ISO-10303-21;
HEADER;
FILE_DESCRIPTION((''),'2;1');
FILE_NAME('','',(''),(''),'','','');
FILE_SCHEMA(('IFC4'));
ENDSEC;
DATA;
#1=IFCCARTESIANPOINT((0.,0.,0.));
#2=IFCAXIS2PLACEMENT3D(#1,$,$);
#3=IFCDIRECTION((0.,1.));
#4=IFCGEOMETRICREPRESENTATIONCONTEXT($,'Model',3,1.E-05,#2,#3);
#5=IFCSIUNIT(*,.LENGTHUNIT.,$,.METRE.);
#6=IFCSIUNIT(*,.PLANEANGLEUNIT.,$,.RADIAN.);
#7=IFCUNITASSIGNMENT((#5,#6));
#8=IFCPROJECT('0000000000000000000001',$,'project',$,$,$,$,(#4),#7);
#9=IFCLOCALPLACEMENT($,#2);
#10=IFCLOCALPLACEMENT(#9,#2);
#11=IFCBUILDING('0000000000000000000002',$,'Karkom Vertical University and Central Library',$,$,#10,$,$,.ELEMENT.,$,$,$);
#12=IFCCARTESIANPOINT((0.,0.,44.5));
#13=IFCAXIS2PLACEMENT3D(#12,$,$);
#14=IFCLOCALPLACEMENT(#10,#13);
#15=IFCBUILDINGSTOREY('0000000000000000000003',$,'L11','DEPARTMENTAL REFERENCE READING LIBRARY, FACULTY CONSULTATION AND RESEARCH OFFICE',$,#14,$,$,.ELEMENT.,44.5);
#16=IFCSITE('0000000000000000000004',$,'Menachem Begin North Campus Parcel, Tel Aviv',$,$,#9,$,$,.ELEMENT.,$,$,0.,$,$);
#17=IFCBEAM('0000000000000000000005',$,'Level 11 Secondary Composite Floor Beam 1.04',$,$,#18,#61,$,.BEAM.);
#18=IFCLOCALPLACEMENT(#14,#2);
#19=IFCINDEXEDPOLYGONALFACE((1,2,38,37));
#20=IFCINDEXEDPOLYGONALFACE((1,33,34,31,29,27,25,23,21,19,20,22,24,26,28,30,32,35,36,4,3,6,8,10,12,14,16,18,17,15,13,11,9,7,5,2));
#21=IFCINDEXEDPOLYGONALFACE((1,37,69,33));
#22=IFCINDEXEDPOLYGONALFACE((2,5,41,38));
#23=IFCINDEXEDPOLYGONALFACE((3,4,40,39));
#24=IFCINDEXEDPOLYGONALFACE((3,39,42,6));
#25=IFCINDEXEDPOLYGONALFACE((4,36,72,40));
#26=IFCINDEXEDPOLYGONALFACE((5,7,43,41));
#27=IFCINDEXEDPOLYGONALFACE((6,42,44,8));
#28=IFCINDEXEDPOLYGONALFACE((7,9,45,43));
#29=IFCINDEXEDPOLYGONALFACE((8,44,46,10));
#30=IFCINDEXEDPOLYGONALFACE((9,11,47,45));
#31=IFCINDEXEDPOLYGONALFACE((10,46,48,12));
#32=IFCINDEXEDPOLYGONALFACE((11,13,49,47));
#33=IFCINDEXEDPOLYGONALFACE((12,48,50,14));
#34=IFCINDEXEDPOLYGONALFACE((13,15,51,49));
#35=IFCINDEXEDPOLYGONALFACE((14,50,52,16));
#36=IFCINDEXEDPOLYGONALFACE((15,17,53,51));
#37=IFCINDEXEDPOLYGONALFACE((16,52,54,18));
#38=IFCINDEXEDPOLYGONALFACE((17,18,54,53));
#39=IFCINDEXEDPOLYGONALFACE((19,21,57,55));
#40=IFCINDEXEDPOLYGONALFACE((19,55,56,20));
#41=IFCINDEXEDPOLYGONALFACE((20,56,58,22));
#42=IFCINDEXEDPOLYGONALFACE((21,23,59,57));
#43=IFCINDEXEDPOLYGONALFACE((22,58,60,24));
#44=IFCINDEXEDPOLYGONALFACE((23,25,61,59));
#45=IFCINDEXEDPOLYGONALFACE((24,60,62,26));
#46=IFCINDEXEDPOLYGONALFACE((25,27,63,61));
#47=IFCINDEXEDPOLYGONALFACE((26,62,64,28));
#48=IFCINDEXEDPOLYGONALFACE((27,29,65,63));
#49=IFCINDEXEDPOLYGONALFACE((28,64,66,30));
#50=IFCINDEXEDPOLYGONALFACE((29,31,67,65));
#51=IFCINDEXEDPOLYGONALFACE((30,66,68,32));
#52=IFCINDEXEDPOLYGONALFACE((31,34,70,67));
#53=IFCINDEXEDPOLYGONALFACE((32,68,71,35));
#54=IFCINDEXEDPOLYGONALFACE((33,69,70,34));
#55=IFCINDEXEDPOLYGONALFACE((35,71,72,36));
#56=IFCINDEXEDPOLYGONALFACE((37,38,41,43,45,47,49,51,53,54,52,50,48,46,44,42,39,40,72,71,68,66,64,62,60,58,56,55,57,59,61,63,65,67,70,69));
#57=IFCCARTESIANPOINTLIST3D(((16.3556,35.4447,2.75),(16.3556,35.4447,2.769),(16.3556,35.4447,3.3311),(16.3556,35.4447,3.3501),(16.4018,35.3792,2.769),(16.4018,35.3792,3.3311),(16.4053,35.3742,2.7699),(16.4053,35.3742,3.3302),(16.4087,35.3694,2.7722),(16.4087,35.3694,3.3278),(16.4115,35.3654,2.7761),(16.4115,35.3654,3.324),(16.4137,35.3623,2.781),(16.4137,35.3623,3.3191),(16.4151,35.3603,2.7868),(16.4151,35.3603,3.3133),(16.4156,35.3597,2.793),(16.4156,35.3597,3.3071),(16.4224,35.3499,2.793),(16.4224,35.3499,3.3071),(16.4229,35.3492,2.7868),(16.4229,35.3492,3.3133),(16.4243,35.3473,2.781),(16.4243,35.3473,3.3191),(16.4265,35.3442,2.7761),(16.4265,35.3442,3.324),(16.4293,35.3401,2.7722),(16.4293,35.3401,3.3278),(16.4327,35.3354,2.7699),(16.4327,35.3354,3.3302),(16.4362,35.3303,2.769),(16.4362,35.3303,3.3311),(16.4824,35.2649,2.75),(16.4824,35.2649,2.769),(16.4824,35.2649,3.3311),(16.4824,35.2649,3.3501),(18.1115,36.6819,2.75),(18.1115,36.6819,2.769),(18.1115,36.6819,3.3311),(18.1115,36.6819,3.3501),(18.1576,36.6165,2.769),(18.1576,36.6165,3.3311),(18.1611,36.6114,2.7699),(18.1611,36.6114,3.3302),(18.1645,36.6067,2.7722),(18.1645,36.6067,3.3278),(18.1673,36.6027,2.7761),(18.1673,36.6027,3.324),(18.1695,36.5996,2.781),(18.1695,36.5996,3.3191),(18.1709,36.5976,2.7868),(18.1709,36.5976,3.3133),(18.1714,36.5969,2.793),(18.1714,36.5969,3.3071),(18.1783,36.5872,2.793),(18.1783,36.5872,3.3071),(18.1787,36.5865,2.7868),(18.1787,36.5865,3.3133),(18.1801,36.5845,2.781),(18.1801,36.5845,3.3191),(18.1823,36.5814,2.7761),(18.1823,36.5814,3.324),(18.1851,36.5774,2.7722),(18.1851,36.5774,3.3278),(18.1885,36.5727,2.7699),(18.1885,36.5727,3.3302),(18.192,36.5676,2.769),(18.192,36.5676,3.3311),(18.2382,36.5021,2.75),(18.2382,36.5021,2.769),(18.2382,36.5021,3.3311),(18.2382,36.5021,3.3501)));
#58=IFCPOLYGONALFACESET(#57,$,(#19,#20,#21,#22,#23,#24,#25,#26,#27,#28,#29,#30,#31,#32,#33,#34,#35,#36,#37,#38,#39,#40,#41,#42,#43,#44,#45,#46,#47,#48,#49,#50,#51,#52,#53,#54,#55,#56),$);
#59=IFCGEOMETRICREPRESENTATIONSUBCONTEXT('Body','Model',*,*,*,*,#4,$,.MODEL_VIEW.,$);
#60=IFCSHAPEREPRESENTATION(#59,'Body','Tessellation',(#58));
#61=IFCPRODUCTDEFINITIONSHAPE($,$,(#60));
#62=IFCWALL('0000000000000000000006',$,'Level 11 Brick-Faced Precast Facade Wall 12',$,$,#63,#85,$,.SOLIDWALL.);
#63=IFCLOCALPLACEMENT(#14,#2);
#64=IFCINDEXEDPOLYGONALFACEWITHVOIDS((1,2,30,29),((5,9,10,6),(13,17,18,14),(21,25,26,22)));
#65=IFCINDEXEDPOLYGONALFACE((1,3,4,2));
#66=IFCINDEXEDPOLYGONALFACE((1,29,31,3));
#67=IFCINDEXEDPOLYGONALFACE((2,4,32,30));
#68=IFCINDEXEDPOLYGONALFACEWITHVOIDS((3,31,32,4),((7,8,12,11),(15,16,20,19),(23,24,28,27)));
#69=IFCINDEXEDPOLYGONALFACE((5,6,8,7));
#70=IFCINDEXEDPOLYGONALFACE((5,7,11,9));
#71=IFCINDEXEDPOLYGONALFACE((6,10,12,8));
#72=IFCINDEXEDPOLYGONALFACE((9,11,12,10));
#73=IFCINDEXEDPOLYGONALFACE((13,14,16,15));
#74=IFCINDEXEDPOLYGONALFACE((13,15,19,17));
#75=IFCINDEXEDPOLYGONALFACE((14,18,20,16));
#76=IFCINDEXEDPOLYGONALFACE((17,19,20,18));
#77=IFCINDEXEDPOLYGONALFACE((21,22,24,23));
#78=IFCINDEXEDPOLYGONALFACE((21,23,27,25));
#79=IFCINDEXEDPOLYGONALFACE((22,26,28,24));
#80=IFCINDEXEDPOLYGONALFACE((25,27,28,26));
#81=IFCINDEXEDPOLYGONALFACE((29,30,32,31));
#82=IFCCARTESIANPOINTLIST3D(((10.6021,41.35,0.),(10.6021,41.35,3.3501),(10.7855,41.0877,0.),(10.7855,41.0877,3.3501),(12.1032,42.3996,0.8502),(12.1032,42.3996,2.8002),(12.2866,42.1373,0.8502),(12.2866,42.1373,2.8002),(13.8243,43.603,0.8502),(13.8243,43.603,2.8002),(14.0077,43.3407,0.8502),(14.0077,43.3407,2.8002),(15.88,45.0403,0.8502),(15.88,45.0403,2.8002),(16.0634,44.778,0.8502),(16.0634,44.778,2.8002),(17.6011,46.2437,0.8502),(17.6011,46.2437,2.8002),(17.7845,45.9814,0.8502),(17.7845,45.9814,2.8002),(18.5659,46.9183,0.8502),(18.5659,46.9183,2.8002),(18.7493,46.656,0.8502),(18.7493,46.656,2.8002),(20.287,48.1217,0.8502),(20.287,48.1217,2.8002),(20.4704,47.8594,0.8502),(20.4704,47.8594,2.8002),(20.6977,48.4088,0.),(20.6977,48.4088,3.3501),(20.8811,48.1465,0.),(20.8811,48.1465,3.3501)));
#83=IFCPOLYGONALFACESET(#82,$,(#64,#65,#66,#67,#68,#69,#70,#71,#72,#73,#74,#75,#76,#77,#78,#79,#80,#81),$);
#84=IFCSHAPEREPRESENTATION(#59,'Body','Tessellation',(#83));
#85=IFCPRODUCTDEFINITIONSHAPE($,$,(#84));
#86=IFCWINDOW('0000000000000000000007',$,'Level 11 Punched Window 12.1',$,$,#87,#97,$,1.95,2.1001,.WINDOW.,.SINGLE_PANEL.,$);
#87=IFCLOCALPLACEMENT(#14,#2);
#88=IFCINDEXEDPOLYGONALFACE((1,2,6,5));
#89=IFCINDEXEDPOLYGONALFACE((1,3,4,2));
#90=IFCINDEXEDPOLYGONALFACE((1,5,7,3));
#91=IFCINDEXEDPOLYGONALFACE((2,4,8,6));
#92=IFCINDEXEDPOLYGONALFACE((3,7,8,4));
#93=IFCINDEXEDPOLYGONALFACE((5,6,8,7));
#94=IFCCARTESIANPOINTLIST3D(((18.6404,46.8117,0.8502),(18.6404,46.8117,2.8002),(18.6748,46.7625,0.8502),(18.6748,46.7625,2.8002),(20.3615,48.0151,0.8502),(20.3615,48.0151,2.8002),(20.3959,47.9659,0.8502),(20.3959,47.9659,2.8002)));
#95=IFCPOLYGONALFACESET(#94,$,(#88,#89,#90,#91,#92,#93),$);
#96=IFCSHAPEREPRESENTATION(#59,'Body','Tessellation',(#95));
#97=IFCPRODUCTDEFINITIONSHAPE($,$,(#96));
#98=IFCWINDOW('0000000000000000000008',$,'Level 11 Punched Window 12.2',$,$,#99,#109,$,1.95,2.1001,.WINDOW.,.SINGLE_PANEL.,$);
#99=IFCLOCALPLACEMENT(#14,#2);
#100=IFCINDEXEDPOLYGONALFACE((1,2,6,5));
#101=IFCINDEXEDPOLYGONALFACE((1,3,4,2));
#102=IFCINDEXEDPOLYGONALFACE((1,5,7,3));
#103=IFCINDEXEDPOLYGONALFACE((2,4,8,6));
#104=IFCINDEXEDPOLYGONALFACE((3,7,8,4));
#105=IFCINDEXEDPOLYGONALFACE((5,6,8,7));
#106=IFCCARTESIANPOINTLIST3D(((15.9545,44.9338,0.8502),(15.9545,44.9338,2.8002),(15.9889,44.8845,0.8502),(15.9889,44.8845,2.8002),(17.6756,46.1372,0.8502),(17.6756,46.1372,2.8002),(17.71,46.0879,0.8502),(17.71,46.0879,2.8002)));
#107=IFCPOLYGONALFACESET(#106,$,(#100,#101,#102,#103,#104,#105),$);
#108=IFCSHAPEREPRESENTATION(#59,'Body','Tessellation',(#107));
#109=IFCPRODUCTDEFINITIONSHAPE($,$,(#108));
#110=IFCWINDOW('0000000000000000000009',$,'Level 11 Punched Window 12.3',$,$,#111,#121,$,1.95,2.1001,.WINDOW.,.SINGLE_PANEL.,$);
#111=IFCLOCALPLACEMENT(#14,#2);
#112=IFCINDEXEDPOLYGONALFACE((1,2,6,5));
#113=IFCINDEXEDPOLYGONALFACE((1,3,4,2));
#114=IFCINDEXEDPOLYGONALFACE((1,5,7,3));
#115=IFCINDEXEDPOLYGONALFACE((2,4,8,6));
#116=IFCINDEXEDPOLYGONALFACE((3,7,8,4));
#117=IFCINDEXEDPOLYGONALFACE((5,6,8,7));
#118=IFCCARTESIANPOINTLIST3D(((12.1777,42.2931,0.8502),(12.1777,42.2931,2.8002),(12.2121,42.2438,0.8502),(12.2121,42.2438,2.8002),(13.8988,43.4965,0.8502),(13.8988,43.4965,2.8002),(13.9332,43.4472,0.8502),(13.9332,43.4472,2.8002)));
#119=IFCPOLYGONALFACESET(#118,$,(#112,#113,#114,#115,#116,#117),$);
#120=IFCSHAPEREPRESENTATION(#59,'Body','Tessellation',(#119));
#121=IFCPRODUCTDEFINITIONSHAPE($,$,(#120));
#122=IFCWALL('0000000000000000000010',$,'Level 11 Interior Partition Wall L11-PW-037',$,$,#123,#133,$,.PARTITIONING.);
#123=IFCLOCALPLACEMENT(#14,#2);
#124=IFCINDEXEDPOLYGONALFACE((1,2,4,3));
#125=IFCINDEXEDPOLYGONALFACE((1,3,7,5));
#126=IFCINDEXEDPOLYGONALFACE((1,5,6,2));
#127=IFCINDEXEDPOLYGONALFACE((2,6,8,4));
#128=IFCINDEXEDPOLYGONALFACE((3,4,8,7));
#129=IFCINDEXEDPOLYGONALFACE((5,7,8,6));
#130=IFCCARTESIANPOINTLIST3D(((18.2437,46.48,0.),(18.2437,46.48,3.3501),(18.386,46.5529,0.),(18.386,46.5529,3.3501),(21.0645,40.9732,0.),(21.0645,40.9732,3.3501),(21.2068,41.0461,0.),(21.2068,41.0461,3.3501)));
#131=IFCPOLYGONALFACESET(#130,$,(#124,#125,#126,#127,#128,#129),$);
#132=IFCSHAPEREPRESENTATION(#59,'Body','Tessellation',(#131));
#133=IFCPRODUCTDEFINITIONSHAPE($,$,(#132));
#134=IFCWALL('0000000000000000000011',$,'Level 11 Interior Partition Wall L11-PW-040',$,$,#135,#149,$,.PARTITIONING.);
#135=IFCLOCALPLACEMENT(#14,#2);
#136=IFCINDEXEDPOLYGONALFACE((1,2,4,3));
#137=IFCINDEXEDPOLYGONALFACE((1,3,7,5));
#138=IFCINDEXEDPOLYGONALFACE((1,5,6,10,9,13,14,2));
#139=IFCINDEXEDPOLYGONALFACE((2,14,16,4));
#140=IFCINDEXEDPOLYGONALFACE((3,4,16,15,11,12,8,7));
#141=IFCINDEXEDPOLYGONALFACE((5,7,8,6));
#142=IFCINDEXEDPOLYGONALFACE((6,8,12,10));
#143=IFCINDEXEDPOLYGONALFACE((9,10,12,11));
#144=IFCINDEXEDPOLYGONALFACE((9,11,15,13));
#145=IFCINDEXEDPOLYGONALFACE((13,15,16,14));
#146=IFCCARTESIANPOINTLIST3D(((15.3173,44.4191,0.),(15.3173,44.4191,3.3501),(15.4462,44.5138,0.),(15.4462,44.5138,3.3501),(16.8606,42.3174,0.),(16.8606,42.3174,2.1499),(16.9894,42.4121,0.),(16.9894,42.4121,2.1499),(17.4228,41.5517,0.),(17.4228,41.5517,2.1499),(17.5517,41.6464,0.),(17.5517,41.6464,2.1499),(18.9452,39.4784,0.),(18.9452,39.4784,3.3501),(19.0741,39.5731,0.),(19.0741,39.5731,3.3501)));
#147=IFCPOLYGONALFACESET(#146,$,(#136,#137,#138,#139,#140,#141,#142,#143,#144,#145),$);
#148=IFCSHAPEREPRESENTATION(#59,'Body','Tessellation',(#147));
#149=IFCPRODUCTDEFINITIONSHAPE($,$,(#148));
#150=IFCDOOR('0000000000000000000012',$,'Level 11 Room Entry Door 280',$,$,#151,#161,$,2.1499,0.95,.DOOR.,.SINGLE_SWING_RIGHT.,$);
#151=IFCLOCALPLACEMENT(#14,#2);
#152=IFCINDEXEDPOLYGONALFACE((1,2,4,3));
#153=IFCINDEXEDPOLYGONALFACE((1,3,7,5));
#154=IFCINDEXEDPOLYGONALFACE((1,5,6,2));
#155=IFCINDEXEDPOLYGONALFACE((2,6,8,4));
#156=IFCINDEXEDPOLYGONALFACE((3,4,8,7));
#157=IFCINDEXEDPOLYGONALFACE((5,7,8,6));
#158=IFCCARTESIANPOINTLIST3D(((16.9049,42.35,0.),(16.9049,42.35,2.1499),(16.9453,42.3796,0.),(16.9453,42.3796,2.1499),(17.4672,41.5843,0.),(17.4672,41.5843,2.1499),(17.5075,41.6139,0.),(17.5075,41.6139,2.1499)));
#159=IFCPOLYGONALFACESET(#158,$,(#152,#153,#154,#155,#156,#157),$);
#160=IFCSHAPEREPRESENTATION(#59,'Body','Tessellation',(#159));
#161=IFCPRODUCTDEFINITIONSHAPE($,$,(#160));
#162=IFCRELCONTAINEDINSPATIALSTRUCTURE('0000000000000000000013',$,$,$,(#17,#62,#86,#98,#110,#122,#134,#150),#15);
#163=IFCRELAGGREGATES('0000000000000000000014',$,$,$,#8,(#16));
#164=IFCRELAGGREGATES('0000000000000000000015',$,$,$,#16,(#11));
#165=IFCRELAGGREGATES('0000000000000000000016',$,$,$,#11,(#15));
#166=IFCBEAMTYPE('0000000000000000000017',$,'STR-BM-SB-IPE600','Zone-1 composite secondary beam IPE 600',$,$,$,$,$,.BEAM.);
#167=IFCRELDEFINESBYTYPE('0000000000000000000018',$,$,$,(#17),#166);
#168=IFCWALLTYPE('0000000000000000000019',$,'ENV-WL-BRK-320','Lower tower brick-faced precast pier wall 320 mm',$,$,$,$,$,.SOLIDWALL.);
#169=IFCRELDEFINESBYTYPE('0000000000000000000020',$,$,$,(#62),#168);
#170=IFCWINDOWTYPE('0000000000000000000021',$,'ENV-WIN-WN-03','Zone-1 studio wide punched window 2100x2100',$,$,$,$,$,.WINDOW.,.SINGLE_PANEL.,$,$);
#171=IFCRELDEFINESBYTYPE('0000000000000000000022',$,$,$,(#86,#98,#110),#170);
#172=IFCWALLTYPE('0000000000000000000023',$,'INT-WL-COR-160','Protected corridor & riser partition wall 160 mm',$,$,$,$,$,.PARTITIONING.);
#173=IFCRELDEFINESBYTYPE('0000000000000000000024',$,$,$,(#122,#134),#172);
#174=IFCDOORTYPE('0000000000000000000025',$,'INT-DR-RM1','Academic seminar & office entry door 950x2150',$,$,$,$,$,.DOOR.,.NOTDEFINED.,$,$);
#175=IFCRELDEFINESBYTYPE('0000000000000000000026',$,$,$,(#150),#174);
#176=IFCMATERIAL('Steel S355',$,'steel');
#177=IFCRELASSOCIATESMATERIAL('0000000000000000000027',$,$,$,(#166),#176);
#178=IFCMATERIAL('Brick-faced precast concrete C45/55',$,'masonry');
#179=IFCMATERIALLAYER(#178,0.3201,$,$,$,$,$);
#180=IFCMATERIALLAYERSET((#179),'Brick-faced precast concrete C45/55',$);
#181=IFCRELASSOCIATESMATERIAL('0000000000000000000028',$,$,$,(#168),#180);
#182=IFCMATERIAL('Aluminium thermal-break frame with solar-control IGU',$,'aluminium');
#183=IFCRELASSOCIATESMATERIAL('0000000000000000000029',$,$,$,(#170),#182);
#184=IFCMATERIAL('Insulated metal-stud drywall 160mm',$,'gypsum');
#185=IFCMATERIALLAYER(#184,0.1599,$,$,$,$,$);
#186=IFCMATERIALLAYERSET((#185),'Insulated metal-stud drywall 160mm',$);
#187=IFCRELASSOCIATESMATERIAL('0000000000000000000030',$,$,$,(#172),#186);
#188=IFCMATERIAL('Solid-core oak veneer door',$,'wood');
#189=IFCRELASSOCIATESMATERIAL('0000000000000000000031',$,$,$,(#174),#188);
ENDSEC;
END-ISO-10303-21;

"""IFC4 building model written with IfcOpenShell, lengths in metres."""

from ifc_helpers import new_model, si_unit, direction, frame, frame_2d, origin, origin_with_axes, origin_2d, place, context, subcontext, project, spatial, rectangle, i_section, extrude, source, transform, mapped, material, layer, layer_set, material_profile, profile_set, type_object, element, fill, save


model = new_model("IFC4")

# Units and contexts
model_context = context("Model", 3, precision=1e-05, world=origin(), true_north=direction((0.0, 1.0)))
body_context = subcontext(model_context, "Body", "Model", "MODEL_VIEW")
ifc_project = project(units=[si_unit("LENGTHUNIT", "METRE"), si_unit("PLANEANGLEUNIT", "RADIAN")], contexts=[model_context])

# Site, building, storey
site_placement = place(None, origin())
site = spatial("IfcSite", under=ifc_project, at=site_placement, Name="Menachem Begin North Campus Parcel, Tel Aviv", CompositionType="ELEMENT", RefElevation=0.0)
building_placement = place(site_placement, origin())
building = spatial("IfcBuilding", under=site, at=building_placement, Name="Karkom Vertical University and Central Library", CompositionType="ELEMENT")
storey_placement = place(building_placement, frame((0.0, 0.0, 44.5)))
storey = spatial("IfcBuildingStorey", under=building, at=storey_placement, Name="L11", Description="DEPARTMENTAL REFERENCE READING LIBRARY, FACULTY CONSULTATION AND RESEARCH OFFICE", CompositionType="ELEMENT", Elevation=44.5)

# Beam
ifc_material_1 = material(Name="Steel S355", Category="steel")
ifc_material_profile_1 = material_profile(ifc_material_1, i_section(OverallWidth=0.22, OverallDepth=0.6001, WebThickness=0.012, FlangeThickness=0.019, FilletRadius=0.0239, at=origin_2d()), Name="IPE 600")
ifc_profile_set_1 = profile_set([ifc_material_profile_1], Name="Steel S355")
beam_type_1 = type_object("IfcBeamType", Name="STR-BM-SB-IPE600", Description="Zone-1 composite secondary beam IPE 600", PredefinedType="BEAM", material=ifc_profile_set_1)
shared_shape_1 = source(origin_with_axes(), body_context, "Body", "SweptSolid", [
    extrude(i_section(OverallWidth=0.22, OverallDepth=0.6001, WebThickness=0.012, FlangeThickness=0.019, FilletRadius=0.0239, at=origin_2d()), origin(), (0.0, 0.0, 1.0), 2.1479),
])
beam_1_placement = place(storey_placement, frame((18.1748, 36.592, 3.05), z_axis=(-0.817434, -0.576023, 0.0), x_axis=(0.576023, -0.817434, 0.0)))
element("IfcBeam", 1, at=beam_1_placement, inside=storey, type_object=beam_type_1, Name="Level 11 Secondary Composite Floor Beam 1.04", PredefinedType="BEAM", context=body_context, shape_type="MappedRepresentation", body=[
    mapped(shared_shape_1, transform((0.0, 0.0, 0.0), scale=1.0)),
])

# Wall, openings, windows
ifc_material_2 = material(Name="Brick-faced precast concrete C45/55", Category="masonry")
ifc_layer_1 = layer(ifc_material_2, 0.3201)
ifc_layer_set_1 = layer_set([ifc_layer_1], Name="Brick-faced precast concrete C45/55")
wall_type_1 = type_object("IfcWallType", Name="ENV-WL-BRK-320", Description="Lower tower brick-faced precast pier wall 320 mm", PredefinedType="SOLIDWALL", material=ifc_layer_set_1)
wall_1_placement = place(storey_placement, frame((20.7893, 48.2776, 0.0), z_axis=(0.0, 0.0, 1.0), x_axis=(-0.819543, -0.573018, 0.0)))
wall_1 = element("IfcWall", 2, at=wall_1_placement, inside=storey, type_object=wall_type_1, Name="Level 11 Brick-Faced Precast Facade Wall 12", PredefinedType="SOLIDWALL", context=body_context, shape_type="SweptSolid", body=[
    extrude(rectangle(XDim=12.3186, YDim=0.3201, at=frame_2d((6.1592, 0.0))), origin(), (0.0, 0.0, 1.0), 3.3501),
])
opening_1_placement = place(wall_1_placement, frame((0.501, 0.0, 0.8501)))
opening_1 = element("IfcOpeningElement", 3, at=opening_1_placement, cuts=wall_1, PredefinedType="OPENING", context=body_context, shape_type="SweptSolid", body=[
    extrude(rectangle(XDim=2.1001, YDim=1.95, at=frame_2d((1.05, 0.9751))), frame((0.0, 0.1699, 0.0), z_axis=(0.0, -1.0, 0.0), x_axis=(1.0, 0.0, 0.0)), (0.0, 0.0, 1.0), 0.3401),
])
opening_2_placement = place(wall_1_placement, frame((3.7783, 0.0, 0.8501)))
opening_2 = element("IfcOpeningElement", 4, at=opening_2_placement, cuts=wall_1, PredefinedType="OPENING", context=body_context, shape_type="SweptSolid", body=[
    extrude(rectangle(XDim=2.1001, YDim=1.95, at=frame_2d((1.05, 0.9751))), frame((0.0, 0.1699, 0.0), z_axis=(0.0, -1.0, 0.0), x_axis=(1.0, 0.0, 0.0)), (0.0, 0.0, 1.0), 0.3401),
])
opening_3_placement = place(wall_1_placement, frame((8.3867, 0.0, 0.8501)))
opening_3 = element("IfcOpeningElement", 5, at=opening_3_placement, cuts=wall_1, PredefinedType="OPENING", context=body_context, shape_type="SweptSolid", body=[
    extrude(rectangle(XDim=2.1001, YDim=1.95, at=frame_2d((1.05, 0.9751))), frame((0.0, 0.1699, 0.0), z_axis=(0.0, -1.0, 0.0), x_axis=(1.0, 0.0, 0.0)), (0.0, 0.0, 1.0), 0.3401),
])
ifc_material_3 = material(Name="Aluminium thermal-break frame with solar-control IGU", Category="aluminium")
window_type = type_object("IfcWindowType", Name="ENV-WIN-WN-03", Description="Zone-1 studio wide punched window 2100x2100", PartitioningType="SINGLE_PANEL", PredefinedType="WINDOW", material=ifc_material_3)
shared_shape_2 = source(origin_with_axes(), body_context, "Body", "SweptSolid", [
    extrude(rectangle(XDim=2.1001, YDim=1.95, at=frame_2d((1.05, 0.9751))), frame((0.0, 0.03, 0.0), z_axis=(0.0, -1.0, 0.0), x_axis=(1.0, 0.0, 0.0)), (0.0, 0.0, 1.0), 0.0601),
])
window_1_placement = place(opening_1_placement, origin())
window_1 = element("IfcWindow", 6, at=window_1_placement, inside=storey, type_object=window_type, Name="Level 11 Punched Window 12.1", OverallHeight=1.95, OverallWidth=2.1001, PartitioningType="SINGLE_PANEL", PredefinedType="WINDOW", context=body_context, shape_type="MappedRepresentation", body=[
    mapped(shared_shape_2, transform((0.0, 0.0, 0.0), scale=1.0)),
])
fill(opening_1, window_1)
window_2_placement = place(opening_2_placement, origin())
window_2 = element("IfcWindow", 7, at=window_2_placement, inside=storey, type_object=window_type, Name="Level 11 Punched Window 12.2", OverallHeight=1.95, OverallWidth=2.1001, PartitioningType="SINGLE_PANEL", PredefinedType="WINDOW", context=body_context, shape_type="MappedRepresentation", body=[
    mapped(shared_shape_2, transform((0.0, 0.0, 0.0), scale=1.0)),
])
fill(opening_2, window_2)
window_3_placement = place(opening_3_placement, origin())
window_3 = element("IfcWindow", 8, at=window_3_placement, inside=storey, type_object=window_type, Name="Level 11 Punched Window 12.3", OverallHeight=1.95, OverallWidth=2.1001, PartitioningType="SINGLE_PANEL", PredefinedType="WINDOW", context=body_context, shape_type="MappedRepresentation", body=[
    mapped(shared_shape_2, transform((0.0, 0.0, 0.0), scale=1.0)),
])
fill(opening_3, window_3)

# Wall
ifc_material_4 = material(Name="Insulated metal-stud drywall 160mm", Category="gypsum")
ifc_layer_2 = layer(ifc_material_4, 0.1599)
ifc_layer_set_2 = layer_set([ifc_layer_2], Name="Insulated metal-stud drywall 160mm")
wall_type_2 = type_object("IfcWallType", Name="INT-WL-COR-160", Description="Protected corridor & riser partition wall 160 mm", PredefinedType="PARTITIONING", material=ifc_layer_set_2)
wall_2_placement = place(storey_placement, frame((21.1357, 41.0095, 0.0), z_axis=(0.0, 0.0, 1.0), x_axis=(-0.455905, 0.890029, 0.0)))
element("IfcWall", 9, at=wall_2_placement, inside=storey, type_object=wall_type_2, Name="Level 11 Interior Partition Wall L11-PW-037", PredefinedType="PARTITIONING", context=body_context, shape_type="SweptSolid", body=[
    extrude(rectangle(XDim=6.1873, YDim=0.1599, at=frame_2d((3.0938, 0.0))), origin(), (0.0, 0.0, 1.0), 3.3501),
])

# Wall, opening, door
wall_3_placement = place(storey_placement, frame((19.0098, 39.5256, 0.0), z_axis=(0.0, 0.0, 1.0), x_axis=(-0.591869, 0.806034, 0.0)))
wall_3 = element("IfcWall", 10, at=wall_3_placement, inside=storey, type_object=wall_type_2, Name="Level 11 Interior Partition Wall L11-PW-040", PredefinedType="PARTITIONING", context=body_context, shape_type="SweptSolid", body=[
    extrude(rectangle(XDim=6.1296, YDim=0.1599, at=frame_2d((3.0649, 0.0))), origin(), (0.0, 0.0, 1.0), 3.3501),
])
opening_4_placement = place(wall_3_placement, frame((2.5723, 0.0, 0.0)))
opening_4 = element("IfcOpeningElement", 11, at=opening_4_placement, cuts=wall_3, PredefinedType="OPENING", context=body_context, shape_type="SweptSolid", body=[
    extrude(rectangle(XDim=0.95, YDim=2.1499, at=frame_2d((0.4751, 1.075))), frame((0.0, 0.0898, 0.0), z_axis=(0.0, -1.0, 0.0), x_axis=(1.0, 0.0, 0.0)), (0.0, 0.0, 1.0), 0.1799),
])
ifc_material_5 = material(Name="Solid-core oak veneer door", Category="wood")
door_type_1 = type_object("IfcDoorType", Name="INT-DR-RM1", Description="Academic seminar & office entry door 950x2150", OperationType="NOTDEFINED", PredefinedType="DOOR", material=ifc_material_5)
shared_shape_3 = source(origin_with_axes(), body_context, "Body", "SweptSolid", [
    extrude(rectangle(XDim=0.95, YDim=2.1499, at=frame_2d((0.4751, 1.075))), frame((0.0, 0.0249, 0.0), z_axis=(0.0, -1.0, 0.0), x_axis=(1.0, 0.0, 0.0)), (0.0, 0.0, 1.0), 0.05),
])
door_1_placement = place(opening_4_placement, origin())
door_1 = element("IfcDoor", 12, at=door_1_placement, inside=storey, type_object=door_type_1, Name="Level 11 Room Entry Door 280", OperationType="SINGLE_SWING_RIGHT", OverallHeight=2.1499, OverallWidth=0.95, PredefinedType="DOOR", context=body_context, shape_type="MappedRepresentation", body=[
    mapped(shared_shape_3, transform((0.0, 0.0, 0.0), scale=1.0)),
])
fill(opening_4, door_1)

save(model, "model.ifc")
